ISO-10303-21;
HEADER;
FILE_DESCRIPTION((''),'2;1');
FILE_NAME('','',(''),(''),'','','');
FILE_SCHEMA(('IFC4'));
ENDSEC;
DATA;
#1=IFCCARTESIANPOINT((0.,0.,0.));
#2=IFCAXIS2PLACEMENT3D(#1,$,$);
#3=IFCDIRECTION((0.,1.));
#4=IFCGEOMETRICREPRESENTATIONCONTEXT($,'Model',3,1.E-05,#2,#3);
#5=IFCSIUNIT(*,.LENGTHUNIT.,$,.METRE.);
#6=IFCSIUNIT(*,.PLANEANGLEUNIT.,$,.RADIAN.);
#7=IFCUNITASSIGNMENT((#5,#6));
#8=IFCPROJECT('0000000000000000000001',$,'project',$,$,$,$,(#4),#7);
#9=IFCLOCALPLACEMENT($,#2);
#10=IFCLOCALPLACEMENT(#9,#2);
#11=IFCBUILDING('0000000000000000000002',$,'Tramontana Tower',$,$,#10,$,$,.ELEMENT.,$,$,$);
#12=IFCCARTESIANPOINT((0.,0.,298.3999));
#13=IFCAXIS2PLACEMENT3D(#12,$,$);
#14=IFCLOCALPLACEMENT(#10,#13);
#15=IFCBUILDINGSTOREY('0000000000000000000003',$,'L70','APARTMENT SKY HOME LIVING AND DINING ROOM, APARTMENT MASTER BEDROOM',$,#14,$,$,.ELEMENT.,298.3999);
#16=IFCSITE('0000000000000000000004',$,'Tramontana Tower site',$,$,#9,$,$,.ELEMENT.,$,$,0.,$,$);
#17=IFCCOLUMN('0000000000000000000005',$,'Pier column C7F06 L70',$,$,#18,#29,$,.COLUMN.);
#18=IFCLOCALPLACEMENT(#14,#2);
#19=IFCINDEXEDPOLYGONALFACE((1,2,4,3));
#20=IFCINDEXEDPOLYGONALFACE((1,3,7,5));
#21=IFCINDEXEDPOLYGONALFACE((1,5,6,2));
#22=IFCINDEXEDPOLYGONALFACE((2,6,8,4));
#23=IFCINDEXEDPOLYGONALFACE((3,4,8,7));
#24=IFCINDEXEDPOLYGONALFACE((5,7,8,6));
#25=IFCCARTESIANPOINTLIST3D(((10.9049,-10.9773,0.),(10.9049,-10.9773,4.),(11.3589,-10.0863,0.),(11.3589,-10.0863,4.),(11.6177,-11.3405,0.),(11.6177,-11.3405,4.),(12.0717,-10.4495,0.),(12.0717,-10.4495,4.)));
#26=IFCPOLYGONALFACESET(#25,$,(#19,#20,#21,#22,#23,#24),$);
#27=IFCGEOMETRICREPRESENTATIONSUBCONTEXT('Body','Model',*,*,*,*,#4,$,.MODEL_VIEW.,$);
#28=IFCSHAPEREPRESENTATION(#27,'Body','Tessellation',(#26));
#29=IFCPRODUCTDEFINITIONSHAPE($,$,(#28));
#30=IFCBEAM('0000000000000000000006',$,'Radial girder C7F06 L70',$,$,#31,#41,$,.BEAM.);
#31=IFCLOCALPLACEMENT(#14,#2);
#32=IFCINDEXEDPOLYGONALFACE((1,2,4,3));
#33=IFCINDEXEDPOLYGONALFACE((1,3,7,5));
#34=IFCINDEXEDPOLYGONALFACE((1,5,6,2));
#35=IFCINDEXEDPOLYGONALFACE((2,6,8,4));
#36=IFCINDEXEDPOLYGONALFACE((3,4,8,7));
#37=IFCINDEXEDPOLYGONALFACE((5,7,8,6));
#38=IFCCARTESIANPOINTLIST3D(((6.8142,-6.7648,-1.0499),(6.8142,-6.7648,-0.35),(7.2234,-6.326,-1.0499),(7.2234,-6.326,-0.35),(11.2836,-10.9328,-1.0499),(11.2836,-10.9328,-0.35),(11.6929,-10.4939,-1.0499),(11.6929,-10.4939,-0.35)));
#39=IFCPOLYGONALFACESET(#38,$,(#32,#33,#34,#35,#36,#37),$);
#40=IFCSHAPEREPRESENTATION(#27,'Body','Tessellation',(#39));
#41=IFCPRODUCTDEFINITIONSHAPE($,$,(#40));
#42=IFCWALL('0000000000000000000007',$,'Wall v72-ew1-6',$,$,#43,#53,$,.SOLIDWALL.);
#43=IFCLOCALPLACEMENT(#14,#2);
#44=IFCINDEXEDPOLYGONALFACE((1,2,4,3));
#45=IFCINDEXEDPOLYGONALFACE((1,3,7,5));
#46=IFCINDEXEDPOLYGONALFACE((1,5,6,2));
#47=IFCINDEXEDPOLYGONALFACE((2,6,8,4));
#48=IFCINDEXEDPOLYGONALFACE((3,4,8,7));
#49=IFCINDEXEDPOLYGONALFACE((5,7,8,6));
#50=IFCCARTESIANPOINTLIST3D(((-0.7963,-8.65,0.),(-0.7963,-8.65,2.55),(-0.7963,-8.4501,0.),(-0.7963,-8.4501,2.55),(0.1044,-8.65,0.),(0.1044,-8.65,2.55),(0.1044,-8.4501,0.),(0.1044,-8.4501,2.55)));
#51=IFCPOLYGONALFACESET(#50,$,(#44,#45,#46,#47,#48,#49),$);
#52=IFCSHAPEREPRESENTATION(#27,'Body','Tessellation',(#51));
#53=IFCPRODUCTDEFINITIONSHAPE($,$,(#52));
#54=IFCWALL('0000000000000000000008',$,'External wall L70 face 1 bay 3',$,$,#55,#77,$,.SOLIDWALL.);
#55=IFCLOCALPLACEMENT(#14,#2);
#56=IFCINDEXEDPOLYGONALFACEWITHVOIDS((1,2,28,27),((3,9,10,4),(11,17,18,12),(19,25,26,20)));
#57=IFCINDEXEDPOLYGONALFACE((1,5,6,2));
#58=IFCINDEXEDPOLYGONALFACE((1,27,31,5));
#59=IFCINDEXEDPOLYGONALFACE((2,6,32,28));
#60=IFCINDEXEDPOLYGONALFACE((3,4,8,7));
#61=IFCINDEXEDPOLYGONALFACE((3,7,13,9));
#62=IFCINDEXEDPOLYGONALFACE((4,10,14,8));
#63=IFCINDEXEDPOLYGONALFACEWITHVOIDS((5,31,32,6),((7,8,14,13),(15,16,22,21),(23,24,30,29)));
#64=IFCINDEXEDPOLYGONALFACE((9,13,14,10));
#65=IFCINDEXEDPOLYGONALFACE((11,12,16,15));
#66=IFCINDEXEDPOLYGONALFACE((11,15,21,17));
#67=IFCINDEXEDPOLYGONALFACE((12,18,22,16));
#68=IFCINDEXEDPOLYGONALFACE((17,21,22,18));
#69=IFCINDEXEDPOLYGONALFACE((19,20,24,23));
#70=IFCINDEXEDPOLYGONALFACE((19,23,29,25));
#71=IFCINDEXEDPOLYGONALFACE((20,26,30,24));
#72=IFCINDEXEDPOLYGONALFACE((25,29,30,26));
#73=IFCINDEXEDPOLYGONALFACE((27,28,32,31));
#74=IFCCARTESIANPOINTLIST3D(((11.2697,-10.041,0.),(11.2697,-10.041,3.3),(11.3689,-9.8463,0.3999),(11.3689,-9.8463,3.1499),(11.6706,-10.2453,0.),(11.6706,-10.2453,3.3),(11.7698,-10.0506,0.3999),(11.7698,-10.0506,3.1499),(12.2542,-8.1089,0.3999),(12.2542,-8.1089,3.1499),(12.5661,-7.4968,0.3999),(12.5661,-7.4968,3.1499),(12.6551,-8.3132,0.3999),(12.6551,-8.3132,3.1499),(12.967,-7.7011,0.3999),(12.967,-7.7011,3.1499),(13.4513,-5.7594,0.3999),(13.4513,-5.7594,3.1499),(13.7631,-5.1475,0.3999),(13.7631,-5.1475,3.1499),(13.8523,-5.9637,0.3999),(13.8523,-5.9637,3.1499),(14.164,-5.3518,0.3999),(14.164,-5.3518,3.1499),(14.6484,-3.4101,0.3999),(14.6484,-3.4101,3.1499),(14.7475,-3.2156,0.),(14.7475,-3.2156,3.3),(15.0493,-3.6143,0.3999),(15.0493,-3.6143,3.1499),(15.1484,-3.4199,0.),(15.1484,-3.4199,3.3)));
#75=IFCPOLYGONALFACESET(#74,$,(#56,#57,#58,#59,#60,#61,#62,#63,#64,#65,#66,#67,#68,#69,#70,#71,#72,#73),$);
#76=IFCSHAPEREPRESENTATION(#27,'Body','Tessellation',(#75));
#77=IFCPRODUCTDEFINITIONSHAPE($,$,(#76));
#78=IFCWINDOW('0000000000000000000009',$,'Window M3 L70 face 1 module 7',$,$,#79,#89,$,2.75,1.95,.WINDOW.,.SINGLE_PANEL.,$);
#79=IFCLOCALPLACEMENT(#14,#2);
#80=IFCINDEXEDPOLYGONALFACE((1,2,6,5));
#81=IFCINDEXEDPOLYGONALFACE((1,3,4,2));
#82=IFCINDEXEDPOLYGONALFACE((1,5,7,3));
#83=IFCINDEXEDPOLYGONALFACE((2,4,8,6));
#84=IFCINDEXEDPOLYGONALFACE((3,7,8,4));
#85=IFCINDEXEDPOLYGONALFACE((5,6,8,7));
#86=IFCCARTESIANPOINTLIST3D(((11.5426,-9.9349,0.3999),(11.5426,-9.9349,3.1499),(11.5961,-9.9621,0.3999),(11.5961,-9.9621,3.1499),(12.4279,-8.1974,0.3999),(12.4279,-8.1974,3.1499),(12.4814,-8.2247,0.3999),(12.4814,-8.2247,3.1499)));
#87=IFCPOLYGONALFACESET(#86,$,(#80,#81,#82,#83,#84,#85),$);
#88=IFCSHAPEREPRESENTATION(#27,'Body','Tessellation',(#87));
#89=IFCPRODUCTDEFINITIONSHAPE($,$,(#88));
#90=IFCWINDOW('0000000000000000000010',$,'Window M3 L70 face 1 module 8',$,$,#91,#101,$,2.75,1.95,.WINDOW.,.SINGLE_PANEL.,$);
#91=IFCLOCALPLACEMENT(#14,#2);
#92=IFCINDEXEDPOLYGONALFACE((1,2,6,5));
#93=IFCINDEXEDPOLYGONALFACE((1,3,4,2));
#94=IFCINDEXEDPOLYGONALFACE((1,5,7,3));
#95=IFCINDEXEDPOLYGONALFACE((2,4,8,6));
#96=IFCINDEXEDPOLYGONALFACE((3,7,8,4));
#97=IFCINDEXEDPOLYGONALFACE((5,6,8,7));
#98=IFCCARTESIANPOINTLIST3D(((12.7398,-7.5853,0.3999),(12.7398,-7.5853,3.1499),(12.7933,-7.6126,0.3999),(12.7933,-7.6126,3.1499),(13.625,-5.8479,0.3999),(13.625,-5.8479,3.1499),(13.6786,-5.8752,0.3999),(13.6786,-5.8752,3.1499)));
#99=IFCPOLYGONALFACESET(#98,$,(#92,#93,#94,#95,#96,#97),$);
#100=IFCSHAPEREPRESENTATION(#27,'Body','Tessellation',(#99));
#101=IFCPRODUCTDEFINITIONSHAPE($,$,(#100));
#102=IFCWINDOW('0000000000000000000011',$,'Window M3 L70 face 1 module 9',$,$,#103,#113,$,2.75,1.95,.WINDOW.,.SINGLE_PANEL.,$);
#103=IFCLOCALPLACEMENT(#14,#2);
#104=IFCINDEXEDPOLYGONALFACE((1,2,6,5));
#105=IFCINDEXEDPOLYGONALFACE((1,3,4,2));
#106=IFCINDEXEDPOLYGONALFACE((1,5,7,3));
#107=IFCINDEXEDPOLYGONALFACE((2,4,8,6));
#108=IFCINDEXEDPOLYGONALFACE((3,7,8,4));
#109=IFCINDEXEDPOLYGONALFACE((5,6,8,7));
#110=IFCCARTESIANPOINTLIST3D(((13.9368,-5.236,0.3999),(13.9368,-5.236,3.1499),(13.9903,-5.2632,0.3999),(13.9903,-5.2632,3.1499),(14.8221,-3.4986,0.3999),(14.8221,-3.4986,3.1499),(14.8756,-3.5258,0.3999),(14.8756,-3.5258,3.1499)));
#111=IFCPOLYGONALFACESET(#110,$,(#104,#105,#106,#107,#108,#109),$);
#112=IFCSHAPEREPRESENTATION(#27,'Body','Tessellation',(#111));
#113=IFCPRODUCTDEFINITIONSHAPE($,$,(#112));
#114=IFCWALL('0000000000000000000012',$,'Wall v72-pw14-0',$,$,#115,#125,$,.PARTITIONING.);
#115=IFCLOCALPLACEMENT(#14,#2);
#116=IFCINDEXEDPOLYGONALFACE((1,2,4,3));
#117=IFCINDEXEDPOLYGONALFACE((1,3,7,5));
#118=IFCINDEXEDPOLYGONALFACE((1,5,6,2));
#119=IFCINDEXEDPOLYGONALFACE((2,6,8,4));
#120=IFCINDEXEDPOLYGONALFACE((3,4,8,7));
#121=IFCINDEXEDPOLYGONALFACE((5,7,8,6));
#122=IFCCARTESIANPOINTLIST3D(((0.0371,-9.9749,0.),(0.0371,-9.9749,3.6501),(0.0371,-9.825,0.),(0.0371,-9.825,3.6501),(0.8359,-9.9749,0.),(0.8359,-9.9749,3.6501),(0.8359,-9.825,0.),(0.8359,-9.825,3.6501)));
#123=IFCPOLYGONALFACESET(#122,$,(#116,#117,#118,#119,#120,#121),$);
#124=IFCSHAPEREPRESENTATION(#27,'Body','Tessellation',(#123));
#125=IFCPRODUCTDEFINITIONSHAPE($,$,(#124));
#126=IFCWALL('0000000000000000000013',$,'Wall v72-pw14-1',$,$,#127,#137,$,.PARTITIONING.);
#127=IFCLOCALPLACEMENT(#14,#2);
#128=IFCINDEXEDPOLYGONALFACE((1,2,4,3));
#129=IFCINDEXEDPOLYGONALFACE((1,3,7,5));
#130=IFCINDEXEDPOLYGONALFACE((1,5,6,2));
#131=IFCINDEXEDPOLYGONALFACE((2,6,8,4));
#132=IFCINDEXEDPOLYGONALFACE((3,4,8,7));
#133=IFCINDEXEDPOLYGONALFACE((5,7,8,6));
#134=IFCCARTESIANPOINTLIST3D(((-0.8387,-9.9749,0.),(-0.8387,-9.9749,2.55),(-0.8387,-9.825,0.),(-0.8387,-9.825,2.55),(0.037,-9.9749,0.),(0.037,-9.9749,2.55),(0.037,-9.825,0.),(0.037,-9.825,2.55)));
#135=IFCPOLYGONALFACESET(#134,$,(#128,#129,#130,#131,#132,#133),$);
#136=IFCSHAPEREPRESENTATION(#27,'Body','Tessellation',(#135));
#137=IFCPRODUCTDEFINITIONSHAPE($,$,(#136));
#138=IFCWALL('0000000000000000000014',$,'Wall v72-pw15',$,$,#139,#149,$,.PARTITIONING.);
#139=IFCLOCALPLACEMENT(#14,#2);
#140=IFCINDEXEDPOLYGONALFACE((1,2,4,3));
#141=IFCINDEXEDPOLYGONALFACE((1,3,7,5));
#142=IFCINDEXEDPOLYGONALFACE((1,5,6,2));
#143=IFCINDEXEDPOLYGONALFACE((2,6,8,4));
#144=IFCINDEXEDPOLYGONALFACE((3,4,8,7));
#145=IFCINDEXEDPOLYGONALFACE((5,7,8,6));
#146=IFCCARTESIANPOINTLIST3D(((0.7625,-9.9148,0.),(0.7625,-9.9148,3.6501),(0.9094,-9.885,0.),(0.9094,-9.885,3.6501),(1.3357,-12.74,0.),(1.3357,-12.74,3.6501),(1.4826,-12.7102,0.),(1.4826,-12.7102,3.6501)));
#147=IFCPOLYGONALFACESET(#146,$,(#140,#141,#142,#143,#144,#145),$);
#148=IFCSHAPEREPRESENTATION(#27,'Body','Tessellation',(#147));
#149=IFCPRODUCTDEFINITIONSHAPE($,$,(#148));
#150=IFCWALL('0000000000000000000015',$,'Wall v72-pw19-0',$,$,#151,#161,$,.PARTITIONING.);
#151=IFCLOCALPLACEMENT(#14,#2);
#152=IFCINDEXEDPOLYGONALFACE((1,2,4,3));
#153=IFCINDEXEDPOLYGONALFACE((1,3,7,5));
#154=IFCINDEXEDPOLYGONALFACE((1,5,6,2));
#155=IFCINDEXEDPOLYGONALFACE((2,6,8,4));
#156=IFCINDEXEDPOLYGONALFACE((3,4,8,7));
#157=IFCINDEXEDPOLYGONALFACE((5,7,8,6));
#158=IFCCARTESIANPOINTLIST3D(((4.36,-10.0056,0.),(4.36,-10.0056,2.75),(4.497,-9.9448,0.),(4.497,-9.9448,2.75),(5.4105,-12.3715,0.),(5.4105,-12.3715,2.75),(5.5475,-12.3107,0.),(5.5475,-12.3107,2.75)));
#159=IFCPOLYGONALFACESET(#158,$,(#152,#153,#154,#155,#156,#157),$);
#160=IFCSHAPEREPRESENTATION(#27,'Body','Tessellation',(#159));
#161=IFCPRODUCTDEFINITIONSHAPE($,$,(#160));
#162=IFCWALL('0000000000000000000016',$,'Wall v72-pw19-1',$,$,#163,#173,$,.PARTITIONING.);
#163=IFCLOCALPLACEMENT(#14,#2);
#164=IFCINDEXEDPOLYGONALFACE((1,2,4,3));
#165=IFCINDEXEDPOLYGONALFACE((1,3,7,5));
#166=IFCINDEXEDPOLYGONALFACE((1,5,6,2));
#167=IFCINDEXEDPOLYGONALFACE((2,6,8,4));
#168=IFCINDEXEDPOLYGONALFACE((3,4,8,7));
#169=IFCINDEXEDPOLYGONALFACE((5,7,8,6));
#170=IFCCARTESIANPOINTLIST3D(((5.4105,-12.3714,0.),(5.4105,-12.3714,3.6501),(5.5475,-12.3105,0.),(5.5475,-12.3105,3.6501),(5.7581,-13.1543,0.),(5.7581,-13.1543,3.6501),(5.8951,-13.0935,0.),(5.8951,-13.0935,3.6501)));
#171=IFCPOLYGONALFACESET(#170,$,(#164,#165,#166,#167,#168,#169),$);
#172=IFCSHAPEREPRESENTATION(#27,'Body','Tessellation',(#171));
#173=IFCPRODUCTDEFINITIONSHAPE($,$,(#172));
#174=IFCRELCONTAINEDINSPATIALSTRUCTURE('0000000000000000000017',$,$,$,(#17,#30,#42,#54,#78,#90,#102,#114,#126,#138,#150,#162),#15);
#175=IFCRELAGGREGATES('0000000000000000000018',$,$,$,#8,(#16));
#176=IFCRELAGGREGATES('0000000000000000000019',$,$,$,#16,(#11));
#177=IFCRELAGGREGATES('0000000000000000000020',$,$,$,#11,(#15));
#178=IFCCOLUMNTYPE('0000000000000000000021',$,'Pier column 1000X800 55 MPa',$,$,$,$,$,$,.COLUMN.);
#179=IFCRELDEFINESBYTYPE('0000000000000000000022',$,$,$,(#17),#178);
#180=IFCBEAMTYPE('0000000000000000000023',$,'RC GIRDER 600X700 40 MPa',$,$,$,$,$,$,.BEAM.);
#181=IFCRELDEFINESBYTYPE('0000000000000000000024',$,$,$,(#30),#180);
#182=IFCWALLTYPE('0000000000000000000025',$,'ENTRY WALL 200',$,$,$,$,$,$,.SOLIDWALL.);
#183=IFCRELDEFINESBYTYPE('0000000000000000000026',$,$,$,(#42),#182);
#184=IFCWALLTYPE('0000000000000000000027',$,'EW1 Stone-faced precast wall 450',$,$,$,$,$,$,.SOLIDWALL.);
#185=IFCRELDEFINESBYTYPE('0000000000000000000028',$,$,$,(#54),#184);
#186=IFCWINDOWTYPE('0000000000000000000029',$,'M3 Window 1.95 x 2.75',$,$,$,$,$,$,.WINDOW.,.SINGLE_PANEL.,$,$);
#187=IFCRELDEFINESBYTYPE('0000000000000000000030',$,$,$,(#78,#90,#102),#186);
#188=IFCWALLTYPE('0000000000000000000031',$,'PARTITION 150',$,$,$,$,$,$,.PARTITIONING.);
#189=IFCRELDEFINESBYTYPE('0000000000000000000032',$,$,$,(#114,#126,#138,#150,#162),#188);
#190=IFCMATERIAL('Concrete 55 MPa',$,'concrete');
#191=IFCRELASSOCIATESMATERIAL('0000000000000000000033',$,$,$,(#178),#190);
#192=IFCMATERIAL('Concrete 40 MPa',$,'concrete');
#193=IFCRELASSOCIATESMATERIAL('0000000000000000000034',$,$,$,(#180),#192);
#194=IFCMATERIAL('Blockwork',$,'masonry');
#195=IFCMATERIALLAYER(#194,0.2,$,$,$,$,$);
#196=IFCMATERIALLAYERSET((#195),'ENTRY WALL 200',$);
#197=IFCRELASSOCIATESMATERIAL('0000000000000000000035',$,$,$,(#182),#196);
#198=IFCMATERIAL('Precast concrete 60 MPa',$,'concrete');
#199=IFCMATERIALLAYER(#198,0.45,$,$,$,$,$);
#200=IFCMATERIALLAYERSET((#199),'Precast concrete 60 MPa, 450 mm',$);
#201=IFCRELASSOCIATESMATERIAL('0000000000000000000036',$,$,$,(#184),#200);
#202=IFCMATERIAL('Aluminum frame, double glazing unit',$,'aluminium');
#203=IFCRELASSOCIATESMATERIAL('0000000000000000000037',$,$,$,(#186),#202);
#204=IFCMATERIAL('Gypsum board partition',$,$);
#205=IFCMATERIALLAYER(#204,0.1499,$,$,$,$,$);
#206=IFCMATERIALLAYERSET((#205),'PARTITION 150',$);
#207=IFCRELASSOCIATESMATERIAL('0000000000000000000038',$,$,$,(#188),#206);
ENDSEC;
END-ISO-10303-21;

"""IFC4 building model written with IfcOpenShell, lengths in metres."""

from ifc_helpers import new_model, si_unit, direction, frame, frame_2d, origin, origin_2d, place, context, subcontext, project, spatial, rectangle, extrude, material, layer, layer_set, material_profile, profile_set, type_object, element, fill, save


model = new_model("IFC4")

# Units and contexts
model_context = context("Model", 3, precision=1e-05, world=origin(), true_north=direction((0.0, 1.0)))
body_context = subcontext(model_context, "Body", "Model", "MODEL_VIEW")
ifc_project = project(units=[si_unit("LENGTHUNIT", "METRE"), si_unit("PLANEANGLEUNIT", "RADIAN")], contexts=[model_context])

# Site, building, storey
site_placement = place(None, origin())
site = spatial("IfcSite", under=ifc_project, at=site_placement, Name="Tramontana Tower site", CompositionType="ELEMENT", RefElevation=0.0)
building_placement = place(site_placement, origin())
building = spatial("IfcBuilding", under=site, at=building_placement, Name="Tramontana Tower", CompositionType="ELEMENT")
storey_placement = place(building_placement, frame((0.0, 0.0, 298.3999)))
storey = spatial("IfcBuildingStorey", under=building, at=storey_placement, Name="L70", Description="APARTMENT SKY HOME LIVING AND DINING ROOM, APARTMENT MASTER BEDROOM", CompositionType="ELEMENT", Elevation=298.3999)

# Column
ifc_material_1 = material(Name="Concrete 55 MPa", Category="concrete")
ifc_material_profile_1 = material_profile(ifc_material_1, rectangle(XDim=1.0, YDim=0.8, at=origin_2d()), Name="Pier column 1000X800 55 MPa")
ifc_profile_set_1 = profile_set([ifc_material_profile_1], Name="Concrete 55 MPa")
column_type = type_object("IfcColumnType", Name="Pier column 1000X800 55 MPa", PredefinedType="COLUMN", material=ifc_profile_set_1)
column_placement = place(storey_placement, frame((11.4883, -10.7134, 0.0), z_axis=(0.0, 0.0, 1.0), x_axis=(0.45399, 0.891007, 0.0)))
element("IfcColumn", 1, at=column_placement, inside=storey, type_object=column_type, Name="Pier column C7F06 L70", PredefinedType="COLUMN", context=body_context, shape_type="SweptSolid", body=[
    extrude(rectangle(XDim=1.0, YDim=0.8, at=origin_2d()), origin(), (0.0, 0.0, 1.0), 4.0),
])

# Beam
ifc_material_2 = material(Name="Concrete 40 MPa", Category="concrete")
ifc_material_profile_2 = material_profile(ifc_material_2, rectangle(XDim=0.6001, YDim=0.7, at=origin_2d()), Name="RC GIRDER 600X700 40 MPa")
ifc_profile_set_2 = profile_set([ifc_material_profile_2], Name="Concrete 40 MPa")
beam_type = type_object("IfcBeamType", Name="RC GIRDER 600X700 40 MPa", PredefinedType="BEAM", material=ifc_profile_set_2)
beam_placement = place(storey_placement, frame((11.4883, -10.7134, -0.7), z_axis=(-0.731345, 0.682008, 0.0), x_axis=(-0.682008, -0.731345, 0.0)))
element("IfcBeam", 2, at=beam_placement, inside=storey, type_object=beam_type, Name="Radial girder C7F06 L70", PredefinedType="BEAM", context=body_context, shape_type="SweptSolid", body=[
    extrude(rectangle(XDim=0.6001, YDim=0.7, at=origin_2d()), origin(), (0.0, 0.0, 1.0), 6.1113),
])

# Shared definitions
ifc_material_3 = material(Name="Blockwork", Category="masonry")
ifc_layer_1 = layer(ifc_material_3, 0.2)
ifc_layer_set_1 = layer_set([ifc_layer_1], Name="ENTRY WALL 200")
wall_type_1 = type_object("IfcWallType", Name="ENTRY WALL 200", PredefinedType="SOLIDWALL", material=ifc_layer_set_1)

# Wall
wall_1_placement = place(storey_placement, frame((0.1042, -8.55, 0.0), z_axis=(0.0, 0.0, 1.0), x_axis=(-1.0, 0.0, 0.0)))
element("IfcWall", 3, at=wall_1_placement, inside=storey, type_object=wall_type_1, Name="Wall v72-ew1-6", PredefinedType="SOLIDWALL", context=body_context, shape_type="SweptSolid", body=[
    extrude(rectangle(XDim=0.9006, YDim=0.2, at=frame_2d((0.4502, 0.0))), origin(), (0.0, 0.0, 1.0), 2.55),
])

# Wall, openings, windows
ifc_material_4 = material(Name="Precast concrete 60 MPa", Category="concrete")
ifc_layer_2 = layer(ifc_material_4, 0.45)
ifc_layer_set_2 = layer_set([ifc_layer_2], Name="Precast concrete 60 MPa, 450 mm")
wall_type_2 = type_object("IfcWallType", Name="EW1 Stone-faced precast wall 450", PredefinedType="SOLIDWALL", material=ifc_layer_set_2)
wall_2_placement = place(storey_placement, frame((11.4702, -10.1431, 0.0), z_axis=(0.0, 0.0, 1.0), x_axis=(0.453995, 0.891004, 0.0)))
wall_2 = element("IfcWall", 4, at=wall_2_placement, inside=storey, type_object=wall_type_2, Name="External wall L70 face 1 bay 3", PredefinedType="SOLIDWALL", context=body_context, shape_type="SweptSolid", body=[
    extrude(rectangle(XDim=7.6604, YDim=0.45, at=frame_2d((3.8301, 0.0))), origin(), (0.0, 0.0, 1.0), 3.3),
])
opening_1_placement = place(wall_2_placement, frame((0.2183, 0.0, 0.3999)))
opening_1 = element("IfcOpeningElement", 5, at=opening_1_placement, cuts=wall_2, PredefinedType="OPENING", context=body_context, shape_type="SweptSolid", body=[
    extrude(rectangle(XDim=1.95, YDim=2.75, at=frame_2d((0.9751, 1.375))), frame((0.0, 0.2349, 0.0), z_axis=(0.0, -1.0, 0.0), x_axis=(1.0, 0.0, 0.0)), (0.0, 0.0, 1.0), 0.47),
])
opening_2_placement = place(wall_2_placement, frame((2.8552, 0.0, 0.3999)))
opening_2 = element("IfcOpeningElement", 6, at=opening_2_placement, cuts=wall_2, PredefinedType="OPENING", context=body_context, shape_type="SweptSolid", body=[
    extrude(rectangle(XDim=1.95, YDim=2.75, at=frame_2d((0.9751, 1.375))), frame((0.0, 0.2349, 0.0), z_axis=(0.0, -1.0, 0.0), x_axis=(1.0, 0.0, 0.0)), (0.0, 0.0, 1.0), 0.47),
])
opening_3_placement = place(wall_2_placement, frame((5.4919, 0.0, 0.3999)))
opening_3 = element("IfcOpeningElement", 7, at=opening_3_placement, cuts=wall_2, PredefinedType="OPENING", context=body_context, shape_type="SweptSolid", body=[
    extrude(rectangle(XDim=1.95, YDim=2.75, at=frame_2d((0.9751, 1.375))), frame((0.0, 0.2349, 0.0), z_axis=(0.0, -1.0, 0.0), x_axis=(1.0, 0.0, 0.0)), (0.0, 0.0, 1.0), 0.47),
])
ifc_material_5 = material(Name="Aluminum frame, double glazing unit", Category="aluminium")
window_type = type_object("IfcWindowType", Name="M3 Window 1.95 x 2.75", PartitioningType="SINGLE_PANEL", PredefinedType="WINDOW", material=ifc_material_5)
window_1_placement = place(opening_1_placement, origin())
window_1 = element("IfcWindow", 8, at=window_1_placement, inside=storey, type_object=window_type, Name="Window M3 L70 face 1 module 7", OverallHeight=2.75, OverallWidth=1.95, PartitioningType="SINGLE_PANEL", PredefinedType="WINDOW", context=body_context, shape_type="SweptSolid", body=[
    extrude(rectangle(XDim=1.95, YDim=2.75, at=frame_2d((0.9751, 1.375))), frame((0.0, 0.03, 0.0), z_axis=(0.0, -1.0, 0.0), x_axis=(1.0, 0.0, 0.0)), (0.0, 0.0, 1.0), 0.0601),
])
fill(opening_1, window_1)
window_2_placement = place(opening_2_placement, origin())
window_2 = element("IfcWindow", 9, at=window_2_placement, inside=storey, type_object=window_type, Name="Window M3 L70 face 1 module 8", OverallHeight=2.75, OverallWidth=1.95, PartitioningType="SINGLE_PANEL", PredefinedType="WINDOW", context=body_context, shape_type="SweptSolid", body=[
    extrude(rectangle(XDim=1.95, YDim=2.75, at=frame_2d((0.9751, 1.375))), frame((0.0, 0.03, 0.0), z_axis=(0.0, -1.0, 0.0), x_axis=(1.0, 0.0, 0.0)), (0.0, 0.0, 1.0), 0.0601),
])
fill(opening_2, window_2)
window_3_placement = place(opening_3_placement, origin())
window_3 = element("IfcWindow", 10, at=window_3_placement, inside=storey, type_object=window_type, Name="Window M3 L70 face 1 module 9", OverallHeight=2.75, OverallWidth=1.95, PartitioningType="SINGLE_PANEL", PredefinedType="WINDOW", context=body_context, shape_type="SweptSolid", body=[
    extrude(rectangle(XDim=1.95, YDim=2.75, at=frame_2d((0.9751, 1.375))), frame((0.0, 0.03, 0.0), z_axis=(0.0, -1.0, 0.0), x_axis=(1.0, 0.0, 0.0)), (0.0, 0.0, 1.0), 0.0601),
])
fill(opening_3, window_3)

# Walls
ifc_material_6 = material(Name="Gypsum board partition")
ifc_layer_3 = layer(ifc_material_6, 0.1499)
ifc_layer_set_3 = layer_set([ifc_layer_3], Name="PARTITION 150")
wall_type_3 = type_object("IfcWallType", Name="PARTITION 150", PredefinedType="PARTITIONING", material=ifc_layer_set_3)
wall_3_placement = place(storey_placement, frame((0.8359, -9.8999, 0.0), z_axis=(0.0, 0.0, 1.0), x_axis=(-1.0, 0.0, 0.0)))
element("IfcWall", 11, at=wall_3_placement, inside=storey, type_object=wall_type_3, Name="Wall v72-pw14-0", PredefinedType="PARTITIONING", context=body_context, shape_type="SweptSolid", body=[
    extrude(rectangle(XDim=0.7988, YDim=0.1499, at=frame_2d((0.3994, 0.0))), origin(), (0.0, 0.0, 1.0), 3.6501),
])
wall_4_placement = place(storey_placement, frame((0.0371, -9.8999, 0.0), z_axis=(0.0, 0.0, 1.0), x_axis=(-1.0, 0.0, 0.0)))
element("IfcWall", 12, at=wall_4_placement, inside=storey, type_object=wall_type_3, Name="Wall v72-pw14-1", PredefinedType="PARTITIONING", context=body_context, shape_type="SweptSolid", body=[
    extrude(rectangle(XDim=0.8757, YDim=0.1499, at=frame_2d((0.438, 0.0))), origin(), (0.0, 0.0, 1.0), 2.55),
])
wall_5_placement = place(storey_placement, frame((1.4092, -12.7251, 0.0), z_axis=(0.0, 0.0, 1.0), x_axis=(-0.198852, 0.98003, 0.0)))
element("IfcWall", 13, at=wall_5_placement, inside=storey, type_object=wall_type_3, Name="Wall v72-pw15", PredefinedType="PARTITIONING", context=body_context, shape_type="SweptSolid", body=[
    extrude(rectangle(XDim=2.8828, YDim=0.1499, at=frame_2d((1.4414, 0.0))), origin(), (0.0, 0.0, 1.0), 3.6501),
])

# Walls
wall_6_placement = place(storey_placement, frame((4.4285, -9.9751, 0.0), z_axis=(0.0, 0.0, 1.0), x_axis=(0.405815, -0.913955, 0.0)))
element("IfcWall", 14, at=wall_6_placement, inside=storey, type_object=wall_type_3, Name="Wall v72-pw19-0", PredefinedType="PARTITIONING", context=body_context, shape_type="SweptSolid", body=[
    extrude(rectangle(XDim=2.5886, YDim=0.1499, at=frame_2d((1.2944, 0.0))), origin(), (0.0, 0.0, 1.0), 2.75),
])
wall_7_placement = place(storey_placement, frame((5.479, -12.3411, 0.0), z_axis=(0.0, 0.0, 1.0), x_axis=(0.405821, -0.913953, 0.0)))
element("IfcWall", 15, at=wall_7_placement, inside=storey, type_object=wall_type_3, Name="Wall v72-pw19-1", PredefinedType="PARTITIONING", context=body_context, shape_type="SweptSolid", body=[
    extrude(rectangle(XDim=0.8567, YDim=0.1499, at=frame_2d((0.4282, 0.0))), origin(), (0.0, 0.0, 1.0), 3.6501),
])

save(model, "model.ifc")
